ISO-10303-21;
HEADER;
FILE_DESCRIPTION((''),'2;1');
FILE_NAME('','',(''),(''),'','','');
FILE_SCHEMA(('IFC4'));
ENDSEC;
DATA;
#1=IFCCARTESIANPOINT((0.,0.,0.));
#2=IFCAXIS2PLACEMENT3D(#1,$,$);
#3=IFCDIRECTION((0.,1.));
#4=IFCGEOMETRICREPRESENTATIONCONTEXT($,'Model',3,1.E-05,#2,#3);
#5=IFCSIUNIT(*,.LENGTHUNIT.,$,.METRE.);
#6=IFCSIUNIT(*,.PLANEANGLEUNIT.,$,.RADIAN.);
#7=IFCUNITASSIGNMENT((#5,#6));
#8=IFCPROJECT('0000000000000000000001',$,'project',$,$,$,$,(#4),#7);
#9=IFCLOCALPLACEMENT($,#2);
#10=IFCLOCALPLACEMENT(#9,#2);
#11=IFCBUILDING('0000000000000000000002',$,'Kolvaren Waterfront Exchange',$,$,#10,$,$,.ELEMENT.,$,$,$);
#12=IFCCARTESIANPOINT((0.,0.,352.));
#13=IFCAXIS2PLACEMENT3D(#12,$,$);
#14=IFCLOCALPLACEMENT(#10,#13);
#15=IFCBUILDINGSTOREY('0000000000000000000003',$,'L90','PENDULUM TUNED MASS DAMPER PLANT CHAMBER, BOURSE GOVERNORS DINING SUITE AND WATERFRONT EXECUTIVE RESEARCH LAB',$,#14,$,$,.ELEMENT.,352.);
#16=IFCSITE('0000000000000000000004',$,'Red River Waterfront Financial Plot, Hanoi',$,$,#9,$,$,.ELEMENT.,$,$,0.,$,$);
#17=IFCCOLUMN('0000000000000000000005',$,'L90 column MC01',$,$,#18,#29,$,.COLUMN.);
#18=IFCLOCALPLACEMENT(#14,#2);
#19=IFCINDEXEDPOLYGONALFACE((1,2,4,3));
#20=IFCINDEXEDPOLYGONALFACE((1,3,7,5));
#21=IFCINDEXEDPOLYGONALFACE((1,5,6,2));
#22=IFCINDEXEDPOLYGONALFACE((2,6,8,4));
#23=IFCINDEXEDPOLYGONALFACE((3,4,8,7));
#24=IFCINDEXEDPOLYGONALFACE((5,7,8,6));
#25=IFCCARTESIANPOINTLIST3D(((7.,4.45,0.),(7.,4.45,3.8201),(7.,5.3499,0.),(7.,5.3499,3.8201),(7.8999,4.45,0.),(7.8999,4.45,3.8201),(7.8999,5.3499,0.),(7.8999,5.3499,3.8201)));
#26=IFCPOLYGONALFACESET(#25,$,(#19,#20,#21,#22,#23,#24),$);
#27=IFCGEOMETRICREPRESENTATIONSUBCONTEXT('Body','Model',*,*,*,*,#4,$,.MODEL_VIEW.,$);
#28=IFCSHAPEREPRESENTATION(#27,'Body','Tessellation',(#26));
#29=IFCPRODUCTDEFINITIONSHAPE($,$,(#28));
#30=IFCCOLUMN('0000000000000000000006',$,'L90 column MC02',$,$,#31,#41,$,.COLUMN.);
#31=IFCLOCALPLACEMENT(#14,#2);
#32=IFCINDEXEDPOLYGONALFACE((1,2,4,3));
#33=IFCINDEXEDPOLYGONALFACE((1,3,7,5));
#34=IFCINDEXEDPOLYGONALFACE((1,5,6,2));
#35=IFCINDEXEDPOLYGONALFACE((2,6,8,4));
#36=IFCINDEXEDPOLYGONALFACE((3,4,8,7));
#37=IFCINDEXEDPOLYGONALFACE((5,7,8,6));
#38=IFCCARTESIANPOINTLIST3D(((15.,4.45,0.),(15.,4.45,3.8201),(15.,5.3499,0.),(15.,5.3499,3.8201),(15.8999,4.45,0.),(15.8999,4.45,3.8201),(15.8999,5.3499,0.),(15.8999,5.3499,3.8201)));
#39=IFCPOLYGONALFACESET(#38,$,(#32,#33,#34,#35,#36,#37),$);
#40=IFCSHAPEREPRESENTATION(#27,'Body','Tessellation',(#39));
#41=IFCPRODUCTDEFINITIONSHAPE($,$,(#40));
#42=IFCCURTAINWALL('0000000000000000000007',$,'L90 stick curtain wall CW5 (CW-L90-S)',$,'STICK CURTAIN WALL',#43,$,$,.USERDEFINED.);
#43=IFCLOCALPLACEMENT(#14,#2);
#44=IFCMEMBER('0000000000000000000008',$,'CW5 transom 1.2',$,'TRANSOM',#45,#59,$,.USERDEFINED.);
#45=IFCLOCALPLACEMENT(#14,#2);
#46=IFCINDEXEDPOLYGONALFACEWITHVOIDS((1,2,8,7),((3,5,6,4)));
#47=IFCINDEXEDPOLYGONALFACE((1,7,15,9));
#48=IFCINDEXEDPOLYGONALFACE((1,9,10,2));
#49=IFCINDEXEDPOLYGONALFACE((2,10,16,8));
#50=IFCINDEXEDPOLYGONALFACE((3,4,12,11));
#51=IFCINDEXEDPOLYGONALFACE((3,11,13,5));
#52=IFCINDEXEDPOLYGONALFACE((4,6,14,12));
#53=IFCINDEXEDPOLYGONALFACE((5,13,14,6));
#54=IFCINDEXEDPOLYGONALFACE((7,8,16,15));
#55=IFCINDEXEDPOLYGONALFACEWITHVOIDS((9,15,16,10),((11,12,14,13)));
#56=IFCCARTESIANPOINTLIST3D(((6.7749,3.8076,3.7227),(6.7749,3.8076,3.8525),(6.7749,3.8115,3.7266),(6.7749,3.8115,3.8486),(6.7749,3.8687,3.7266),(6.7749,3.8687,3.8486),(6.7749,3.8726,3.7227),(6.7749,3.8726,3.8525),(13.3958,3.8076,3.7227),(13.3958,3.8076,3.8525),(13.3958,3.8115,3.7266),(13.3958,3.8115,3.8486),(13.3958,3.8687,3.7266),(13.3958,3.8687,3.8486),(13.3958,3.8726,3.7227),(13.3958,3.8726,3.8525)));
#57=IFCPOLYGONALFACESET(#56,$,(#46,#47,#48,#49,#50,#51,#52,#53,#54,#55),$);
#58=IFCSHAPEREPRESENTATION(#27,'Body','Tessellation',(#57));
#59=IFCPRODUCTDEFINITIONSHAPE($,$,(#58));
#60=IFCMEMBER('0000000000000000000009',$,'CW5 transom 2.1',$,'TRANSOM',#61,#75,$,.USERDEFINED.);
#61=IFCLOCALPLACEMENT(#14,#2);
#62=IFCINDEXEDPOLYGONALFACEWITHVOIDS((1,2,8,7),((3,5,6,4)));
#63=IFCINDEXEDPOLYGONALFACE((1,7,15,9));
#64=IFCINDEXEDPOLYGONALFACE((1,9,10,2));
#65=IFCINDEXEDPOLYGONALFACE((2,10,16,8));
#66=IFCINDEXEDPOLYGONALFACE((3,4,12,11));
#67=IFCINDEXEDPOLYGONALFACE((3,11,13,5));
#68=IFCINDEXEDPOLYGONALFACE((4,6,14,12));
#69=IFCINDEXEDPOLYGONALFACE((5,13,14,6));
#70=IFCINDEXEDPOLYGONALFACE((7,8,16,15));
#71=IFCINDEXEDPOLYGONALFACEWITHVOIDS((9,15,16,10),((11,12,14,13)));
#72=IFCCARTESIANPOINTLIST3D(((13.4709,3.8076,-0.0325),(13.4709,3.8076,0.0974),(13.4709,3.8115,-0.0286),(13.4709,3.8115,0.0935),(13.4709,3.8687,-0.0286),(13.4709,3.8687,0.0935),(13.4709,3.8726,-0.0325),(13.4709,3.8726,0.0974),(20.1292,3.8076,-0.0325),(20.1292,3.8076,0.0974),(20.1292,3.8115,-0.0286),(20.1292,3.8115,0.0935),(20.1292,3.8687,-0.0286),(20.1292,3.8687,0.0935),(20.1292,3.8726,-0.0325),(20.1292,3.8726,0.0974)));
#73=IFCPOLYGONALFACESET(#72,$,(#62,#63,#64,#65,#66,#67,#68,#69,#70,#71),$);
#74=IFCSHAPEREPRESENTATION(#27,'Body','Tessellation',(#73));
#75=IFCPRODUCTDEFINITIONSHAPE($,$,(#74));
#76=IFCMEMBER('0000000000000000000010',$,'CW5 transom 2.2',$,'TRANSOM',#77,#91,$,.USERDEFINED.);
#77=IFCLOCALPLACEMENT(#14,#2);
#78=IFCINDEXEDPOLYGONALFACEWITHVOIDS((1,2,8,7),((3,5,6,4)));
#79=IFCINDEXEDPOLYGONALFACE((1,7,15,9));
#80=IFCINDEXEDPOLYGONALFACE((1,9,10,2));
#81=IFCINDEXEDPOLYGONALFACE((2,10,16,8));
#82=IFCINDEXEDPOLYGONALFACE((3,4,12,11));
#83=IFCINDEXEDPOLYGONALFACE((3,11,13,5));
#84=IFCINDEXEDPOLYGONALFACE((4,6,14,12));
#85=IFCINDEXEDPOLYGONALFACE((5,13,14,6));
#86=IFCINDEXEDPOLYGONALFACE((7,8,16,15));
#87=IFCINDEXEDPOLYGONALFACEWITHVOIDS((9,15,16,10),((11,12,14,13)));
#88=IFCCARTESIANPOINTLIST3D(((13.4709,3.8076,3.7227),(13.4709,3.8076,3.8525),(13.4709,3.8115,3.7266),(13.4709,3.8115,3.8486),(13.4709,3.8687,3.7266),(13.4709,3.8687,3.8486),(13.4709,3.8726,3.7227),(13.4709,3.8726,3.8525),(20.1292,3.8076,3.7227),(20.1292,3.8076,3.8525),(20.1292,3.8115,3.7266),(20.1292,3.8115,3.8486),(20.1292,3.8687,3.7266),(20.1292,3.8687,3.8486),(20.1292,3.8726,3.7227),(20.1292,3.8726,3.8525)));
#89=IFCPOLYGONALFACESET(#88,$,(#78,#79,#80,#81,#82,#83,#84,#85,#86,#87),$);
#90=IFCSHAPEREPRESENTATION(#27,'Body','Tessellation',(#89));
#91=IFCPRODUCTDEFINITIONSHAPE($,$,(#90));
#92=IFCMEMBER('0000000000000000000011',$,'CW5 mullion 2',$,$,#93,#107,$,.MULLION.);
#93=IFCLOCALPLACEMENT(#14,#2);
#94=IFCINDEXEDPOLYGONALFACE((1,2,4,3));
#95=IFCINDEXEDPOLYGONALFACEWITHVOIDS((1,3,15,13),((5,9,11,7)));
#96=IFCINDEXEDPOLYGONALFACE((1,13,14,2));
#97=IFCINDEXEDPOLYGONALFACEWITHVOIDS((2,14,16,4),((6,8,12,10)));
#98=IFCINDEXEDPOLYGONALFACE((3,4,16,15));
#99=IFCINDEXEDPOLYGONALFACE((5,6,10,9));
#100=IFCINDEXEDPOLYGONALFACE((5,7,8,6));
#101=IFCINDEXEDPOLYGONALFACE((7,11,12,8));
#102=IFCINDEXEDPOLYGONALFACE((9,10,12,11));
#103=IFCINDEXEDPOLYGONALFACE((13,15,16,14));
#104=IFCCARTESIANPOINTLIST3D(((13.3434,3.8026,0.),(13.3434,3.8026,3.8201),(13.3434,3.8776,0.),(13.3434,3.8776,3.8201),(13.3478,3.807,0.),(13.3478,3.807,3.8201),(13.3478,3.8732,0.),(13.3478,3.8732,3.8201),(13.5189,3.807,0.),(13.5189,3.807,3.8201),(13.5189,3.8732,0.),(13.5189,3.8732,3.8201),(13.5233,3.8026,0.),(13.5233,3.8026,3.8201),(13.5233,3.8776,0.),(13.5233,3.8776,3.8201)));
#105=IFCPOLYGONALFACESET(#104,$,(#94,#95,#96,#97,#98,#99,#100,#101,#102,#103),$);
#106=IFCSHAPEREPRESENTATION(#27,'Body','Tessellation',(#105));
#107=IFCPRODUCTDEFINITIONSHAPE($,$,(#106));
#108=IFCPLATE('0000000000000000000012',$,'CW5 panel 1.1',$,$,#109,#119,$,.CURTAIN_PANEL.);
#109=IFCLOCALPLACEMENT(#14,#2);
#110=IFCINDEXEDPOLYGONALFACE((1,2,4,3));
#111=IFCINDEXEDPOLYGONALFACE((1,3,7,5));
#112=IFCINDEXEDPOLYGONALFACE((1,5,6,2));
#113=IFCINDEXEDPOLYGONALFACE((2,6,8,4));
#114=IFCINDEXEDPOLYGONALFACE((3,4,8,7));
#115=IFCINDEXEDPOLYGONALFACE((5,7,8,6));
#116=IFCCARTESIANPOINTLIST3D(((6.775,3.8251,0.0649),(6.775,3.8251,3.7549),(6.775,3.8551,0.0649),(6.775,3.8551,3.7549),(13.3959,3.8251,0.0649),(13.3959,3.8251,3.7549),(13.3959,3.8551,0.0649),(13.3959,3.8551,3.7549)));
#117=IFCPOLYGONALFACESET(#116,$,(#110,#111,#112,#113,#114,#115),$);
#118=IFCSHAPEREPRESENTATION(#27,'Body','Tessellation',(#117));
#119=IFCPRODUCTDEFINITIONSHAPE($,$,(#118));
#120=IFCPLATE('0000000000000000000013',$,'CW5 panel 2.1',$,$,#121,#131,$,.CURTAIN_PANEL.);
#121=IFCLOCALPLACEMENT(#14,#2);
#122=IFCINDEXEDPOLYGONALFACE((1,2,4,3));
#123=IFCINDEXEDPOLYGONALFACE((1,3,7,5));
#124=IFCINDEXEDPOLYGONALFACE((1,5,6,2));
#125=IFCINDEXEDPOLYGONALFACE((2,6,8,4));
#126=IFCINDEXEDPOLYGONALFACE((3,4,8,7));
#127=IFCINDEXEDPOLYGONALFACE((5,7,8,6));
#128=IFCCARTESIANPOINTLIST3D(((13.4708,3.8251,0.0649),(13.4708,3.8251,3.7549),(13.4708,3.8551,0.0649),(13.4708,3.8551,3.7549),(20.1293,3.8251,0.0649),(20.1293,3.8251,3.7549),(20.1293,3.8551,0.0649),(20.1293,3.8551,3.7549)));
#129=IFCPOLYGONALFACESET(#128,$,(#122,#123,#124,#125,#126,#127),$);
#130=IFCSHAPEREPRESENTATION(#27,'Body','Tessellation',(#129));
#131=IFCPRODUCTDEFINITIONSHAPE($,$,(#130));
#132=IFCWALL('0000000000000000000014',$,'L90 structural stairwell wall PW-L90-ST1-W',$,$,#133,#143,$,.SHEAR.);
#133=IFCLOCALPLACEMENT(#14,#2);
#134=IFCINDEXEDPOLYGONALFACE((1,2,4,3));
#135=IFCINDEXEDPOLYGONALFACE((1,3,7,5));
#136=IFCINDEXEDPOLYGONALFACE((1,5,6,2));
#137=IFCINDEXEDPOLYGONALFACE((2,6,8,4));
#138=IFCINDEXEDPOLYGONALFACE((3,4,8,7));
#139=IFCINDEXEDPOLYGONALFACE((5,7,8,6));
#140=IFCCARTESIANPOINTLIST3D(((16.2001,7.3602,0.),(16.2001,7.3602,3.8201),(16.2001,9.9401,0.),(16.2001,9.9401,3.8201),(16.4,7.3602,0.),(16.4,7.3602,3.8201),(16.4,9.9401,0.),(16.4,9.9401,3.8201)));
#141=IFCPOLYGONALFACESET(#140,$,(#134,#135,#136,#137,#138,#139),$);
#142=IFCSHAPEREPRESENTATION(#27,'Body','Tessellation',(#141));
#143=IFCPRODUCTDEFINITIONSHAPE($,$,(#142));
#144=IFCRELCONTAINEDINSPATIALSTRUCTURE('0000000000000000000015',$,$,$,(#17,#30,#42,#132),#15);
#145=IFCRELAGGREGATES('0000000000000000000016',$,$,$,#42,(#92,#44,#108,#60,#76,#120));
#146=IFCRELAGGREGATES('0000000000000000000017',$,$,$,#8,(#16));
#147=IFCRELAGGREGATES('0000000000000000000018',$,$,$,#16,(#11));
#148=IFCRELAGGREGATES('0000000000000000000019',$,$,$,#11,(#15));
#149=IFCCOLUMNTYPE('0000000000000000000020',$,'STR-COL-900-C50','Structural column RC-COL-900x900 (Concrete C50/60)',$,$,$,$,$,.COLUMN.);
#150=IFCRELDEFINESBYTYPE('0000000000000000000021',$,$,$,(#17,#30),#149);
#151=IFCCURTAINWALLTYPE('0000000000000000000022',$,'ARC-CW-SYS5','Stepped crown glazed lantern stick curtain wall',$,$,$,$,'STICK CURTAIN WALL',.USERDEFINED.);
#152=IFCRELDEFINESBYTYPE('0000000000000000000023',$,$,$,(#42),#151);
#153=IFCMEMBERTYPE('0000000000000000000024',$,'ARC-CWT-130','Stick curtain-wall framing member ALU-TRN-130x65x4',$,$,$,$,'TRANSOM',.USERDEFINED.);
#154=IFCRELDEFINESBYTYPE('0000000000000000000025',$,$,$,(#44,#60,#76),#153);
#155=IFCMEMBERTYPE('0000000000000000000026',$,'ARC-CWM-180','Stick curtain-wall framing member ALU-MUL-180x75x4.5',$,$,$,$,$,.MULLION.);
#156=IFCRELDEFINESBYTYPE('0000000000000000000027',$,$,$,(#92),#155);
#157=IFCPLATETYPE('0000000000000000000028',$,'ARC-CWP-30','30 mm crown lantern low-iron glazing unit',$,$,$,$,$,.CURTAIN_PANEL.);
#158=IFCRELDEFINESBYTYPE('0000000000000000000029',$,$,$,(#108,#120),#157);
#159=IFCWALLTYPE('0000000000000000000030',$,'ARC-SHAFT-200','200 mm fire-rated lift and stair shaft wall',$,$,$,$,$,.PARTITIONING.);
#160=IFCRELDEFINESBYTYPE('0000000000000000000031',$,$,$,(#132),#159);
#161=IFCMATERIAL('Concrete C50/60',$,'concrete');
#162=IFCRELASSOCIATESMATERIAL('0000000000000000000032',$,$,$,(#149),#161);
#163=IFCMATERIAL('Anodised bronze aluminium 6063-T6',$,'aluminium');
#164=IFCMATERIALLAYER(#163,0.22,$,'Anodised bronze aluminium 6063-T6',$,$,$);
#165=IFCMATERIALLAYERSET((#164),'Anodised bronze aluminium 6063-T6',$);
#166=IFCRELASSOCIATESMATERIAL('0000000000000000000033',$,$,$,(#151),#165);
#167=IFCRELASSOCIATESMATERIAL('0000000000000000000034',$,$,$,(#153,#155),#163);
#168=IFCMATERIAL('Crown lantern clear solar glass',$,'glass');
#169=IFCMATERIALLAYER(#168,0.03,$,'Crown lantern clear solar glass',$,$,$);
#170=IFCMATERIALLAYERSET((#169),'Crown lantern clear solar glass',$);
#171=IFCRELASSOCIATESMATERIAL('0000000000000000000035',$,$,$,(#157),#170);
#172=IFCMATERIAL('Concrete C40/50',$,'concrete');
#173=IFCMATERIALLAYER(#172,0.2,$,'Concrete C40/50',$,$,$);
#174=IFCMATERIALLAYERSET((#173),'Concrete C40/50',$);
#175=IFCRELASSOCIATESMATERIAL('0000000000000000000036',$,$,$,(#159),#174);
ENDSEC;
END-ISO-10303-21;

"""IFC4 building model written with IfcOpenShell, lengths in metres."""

from ifc_helpers import new_model, si_unit, direction, frame, frame_2d, origin, origin_with_axes, origin_2d, place, context, subcontext, project, spatial, rectangle, hollow_rectangle, extrude, source, transform, mapped, material, layer, layer_set, material_profile, profile_set, type_object, element, aggregate, save


model = new_model("IFC4")

# Units and contexts
model_context = context("Model", 3, precision=1e-05, world=origin(), true_north=direction((0.0, 1.0)))
body_context = subcontext(model_context, "Body", "Model", "MODEL_VIEW")
ifc_project = project(units=[si_unit("LENGTHUNIT", "METRE"), si_unit("PLANEANGLEUNIT", "RADIAN")], contexts=[model_context])

# Site, building, storey
site_placement = place(None, origin())
site = spatial("IfcSite", under=ifc_project, at=site_placement, Name="Red River Waterfront Financial Plot, Hanoi", CompositionType="ELEMENT", RefElevation=0.0)
building_placement = place(site_placement, origin())
building = spatial("IfcBuilding", under=site, at=building_placement, Name="Kolvaren Waterfront Exchange", CompositionType="ELEMENT")
storey_placement = place(building_placement, frame((0.0, 0.0, 352.0)))
storey = spatial("IfcBuildingStorey", under=building, at=storey_placement, Name="L90", Description="PENDULUM TUNED MASS DAMPER PLANT CHAMBER, BOURSE GOVERNORS DINING SUITE AND WATERFRONT EXECUTIVE RESEARCH LAB", CompositionType="ELEMENT", Elevation=352.0)

# Columns
ifc_material_1 = material(Name="Concrete C50/60", Category="concrete")
ifc_material_profile_1 = material_profile(ifc_material_1, rectangle(XDim=0.8999, YDim=0.8999, at=origin_2d()), Name="RC-COL-900x900")
ifc_profile_set_1 = profile_set([ifc_material_profile_1], Name="Concrete C50/60")
column_type = type_object("IfcColumnType", Name="STR-COL-900-C50", Description="Structural column RC-COL-900x900 (Concrete C50/60)", PredefinedType="COLUMN", material=ifc_profile_set_1)
for number, where, z_axis, x_axis, name in (
    (1, (7.45, 4.8999, 0.0), (0.0, 0.0, 1.0), (1.0, 0.0, 0.0), "L90 column MC01"),
    (2, (15.45, 4.8999, 0.0), (0.0, 0.0, 1.0), (1.0, 0.0, 0.0), "L90 column MC02"),
):
    element("IfcColumn", number, at=place(storey_placement, frame(where, z_axis=z_axis, x_axis=x_axis)), inside=storey, type_object=column_type, Name=name, PredefinedType="COLUMN", context=body_context, shape_type="SweptSolid", body=[
        extrude(rectangle(XDim=0.8999, YDim=0.8999, at=origin_2d()), origin(), (0.0, 0.0, 1.0), 3.8201),
    ])

# Curtain wall, members, plates
ifc_material_2 = material(Name="Anodised bronze aluminium 6063-T6", Category="aluminium")
ifc_layer_1 = layer(ifc_material_2, 0.22, Name="Anodised bronze aluminium 6063-T6")
ifc_layer_set_1 = layer_set([ifc_layer_1], Name="Anodised bronze aluminium 6063-T6")
curtain_wall_type = type_object("IfcCurtainWallType", Name="ARC-CW-SYS5", Description="Stepped crown glazed lantern stick curtain wall", ElementType="STICK CURTAIN WALL", PredefinedType="USERDEFINED", material=ifc_layer_set_1)
curtain_wall_placement = place(storey_placement, origin())
curtain_wall = element("IfcCurtainWall", 3, at=curtain_wall_placement, inside=storey, type_object=curtain_wall_type, Name="L90 stick curtain wall CW5 (CW-L90-S)", ObjectType="STICK CURTAIN WALL", PredefinedType="USERDEFINED")
ifc_material_profile_2 = material_profile(ifc_material_2, hollow_rectangle(XDim=0.0649, YDim=0.1299, WallThickness=0.0039, at=origin_2d()), Name="ALU-TRN-130x65x4")
ifc_profile_set_2 = profile_set([ifc_material_profile_2], Name="Anodised bronze aluminium 6063-T6")
member_type_1 = type_object("IfcMemberType", Name="ARC-CWT-130", Description="Stick curtain-wall framing member ALU-TRN-130x65x4", ElementType="TRANSOM", PredefinedType="USERDEFINED", material=ifc_profile_set_2)
shared_shape_1 = source(origin_with_axes(), body_context, "Body", "SweptSolid", [
    extrude(hollow_rectangle(XDim=0.0649, YDim=0.1299, WallThickness=0.0039, at=origin_2d()), origin(), (0.0, 0.0, 1.0), 6.6208),
])
member_1_placement = place(storey_placement, frame((6.7749, 3.8401, 3.7876), z_axis=(1.0, 0.0, 0.0), x_axis=(0.0, 1.0, 0.0)))
member_1 = element("IfcMember", 4, at=member_1_placement, type_object=member_type_1, Name="CW5 transom 1.2", ObjectType="TRANSOM", PredefinedType="USERDEFINED", context=body_context, shape_type="MappedRepresentation", body=[
    mapped(shared_shape_1, transform((0.0, 0.0, 0.0), x_axis=(1.0, 0.0, 0.0), y_axis=(0.0, 1.0, 0.0), z_axis=(0.0, 0.0, 1.0), scale=1.0)),
])
shared_shape_2 = source(origin_with_axes(), body_context, "Body", "SweptSolid", [
    extrude(hollow_rectangle(XDim=0.0649, YDim=0.1299, WallThickness=0.0039, at=origin_2d()), origin(), (0.0, 0.0, 1.0), 6.6582),
])
member_2_placement = place(storey_placement, frame((13.4709, 3.8401, 0.0325), z_axis=(1.0, 0.0, 0.0), x_axis=(0.0, 1.0, 0.0)))
member_2 = element("IfcMember", 5, at=member_2_placement, type_object=member_type_1, Name="CW5 transom 2.1", ObjectType="TRANSOM", PredefinedType="USERDEFINED", context=body_context, shape_type="MappedRepresentation", body=[
    mapped(shared_shape_2, transform((0.0, 0.0, 0.0), x_axis=(1.0, 0.0, 0.0), y_axis=(0.0, 1.0, 0.0), z_axis=(0.0, 0.0, 1.0), scale=1.0)),
])
member_3_placement = place(storey_placement, frame((13.4709, 3.8401, 3.7876), z_axis=(1.0, 0.0, 0.0), x_axis=(0.0, 1.0, 0.0)))
member_3 = element("IfcMember", 6, at=member_3_placement, type_object=member_type_1, Name="CW5 transom 2.2", ObjectType="TRANSOM", PredefinedType="USERDEFINED", context=body_context, shape_type="MappedRepresentation", body=[
    mapped(shared_shape_2, transform((0.0, 0.0, 0.0), x_axis=(1.0, 0.0, 0.0), y_axis=(0.0, 1.0, 0.0), z_axis=(0.0, 0.0, 1.0), scale=1.0)),
])
ifc_material_profile_3 = material_profile(ifc_material_2, hollow_rectangle(XDim=0.075, YDim=0.1799, WallThickness=0.0044, at=origin_2d()), Name="ALU-MUL-180x75x4.5")
ifc_profile_set_3 = profile_set([ifc_material_profile_3], Name="Anodised bronze aluminium 6063-T6")
member_type_2 = type_object("IfcMemberType", Name="ARC-CWM-180", Description="Stick curtain-wall framing member ALU-MUL-180x75x4.5", PredefinedType="MULLION", material=ifc_profile_set_3)
shared_shape_3 = source(origin_with_axes(), body_context, "Body", "SweptSolid", [
    extrude(hollow_rectangle(XDim=0.075, YDim=0.1799, WallThickness=0.0044, at=origin_2d()), origin(), (0.0, 0.0, 1.0), 3.8201),
])
member_4_placement = place(storey_placement, frame((13.4333, 3.8401, 0.0), z_axis=(0.0, 0.0, 1.0), x_axis=(0.0, 1.0, 0.0)))
member_4 = element("IfcMember", 7, at=member_4_placement, type_object=member_type_2, Name="CW5 mullion 2", PredefinedType="MULLION", context=body_context, shape_type="MappedRepresentation", body=[
    mapped(shared_shape_3, transform((0.0, 0.0, 0.0), x_axis=(1.0, 0.0, 0.0), y_axis=(0.0, 1.0, 0.0), z_axis=(0.0, 0.0, 1.0), scale=1.0)),
])
ifc_material_3 = material(Name="Crown lantern clear solar glass", Category="glass")
ifc_layer_2 = layer(ifc_material_3, 0.03, Name="Crown lantern clear solar glass")
ifc_layer_set_2 = layer_set([ifc_layer_2], Name="Crown lantern clear solar glass")
plate_type = type_object("IfcPlateType", Name="ARC-CWP-30", Description="30 mm crown lantern low-iron glazing unit", PredefinedType="CURTAIN_PANEL", material=ifc_layer_set_2)
shared_shape_4 = source(origin_with_axes(), body_context, "Body", "SweptSolid", [
    extrude(rectangle(XDim=6.6208, YDim=0.03, at=origin_2d()), origin(), (0.0, 0.0, 1.0), 3.6899),
])
plate_1_placement = place(storey_placement, frame((10.0854, 3.8401, 0.0649), z_axis=(0.0, 0.0, 1.0), x_axis=(1.0, 0.0, 0.0)))
plate_1 = element("IfcPlate", 8, at=plate_1_placement, type_object=plate_type, Name="CW5 panel 1.1", PredefinedType="CURTAIN_PANEL", context=body_context, shape_type="MappedRepresentation", body=[
    mapped(shared_shape_4, transform((0.0, 0.0, 0.0), x_axis=(1.0, 0.0, 0.0), y_axis=(0.0, 1.0, 0.0), z_axis=(0.0, 0.0, 1.0), scale=1.0)),
])
shared_shape_5 = source(origin_with_axes(), body_context, "Body", "SweptSolid", [
    extrude(rectangle(XDim=6.6584, YDim=0.03, at=origin_2d()), origin(), (0.0, 0.0, 1.0), 3.6899),
])
plate_2_placement = place(storey_placement, frame((16.8, 3.8401, 0.0649), z_axis=(0.0, 0.0, 1.0), x_axis=(1.0, 0.0, 0.0)))
plate_2 = element("IfcPlate", 9, at=plate_2_placement, type_object=plate_type, Name="CW5 panel 2.1", PredefinedType="CURTAIN_PANEL", context=body_context, shape_type="MappedRepresentation", body=[
    mapped(shared_shape_5, transform((0.0, 0.0, 0.0), x_axis=(1.0, 0.0, 0.0), y_axis=(0.0, 1.0, 0.0), z_axis=(0.0, 0.0, 1.0), scale=1.0)),
])
aggregate(curtain_wall, [member_4, member_1, plate_1, member_2, member_3, plate_2])

# Wall
ifc_material_4 = material(Name="Concrete C40/50", Category="concrete")
ifc_layer_3 = layer(ifc_material_4, 0.2, Name="Concrete C40/50")
ifc_layer_set_3 = layer_set([ifc_layer_3], Name="Concrete C40/50")
wall_type_1 = type_object("IfcWallType", Name="ARC-SHAFT-200", Description="200 mm fire-rated lift and stair shaft wall", PredefinedType="PARTITIONING", material=ifc_layer_set_3)
wall_1_placement = place(storey_placement, frame((16.3, 7.3601, 0.0), z_axis=(0.0, 0.0, 1.0), x_axis=(0.0, 1.0, 0.0)))
element("IfcWall", 10, at=wall_1_placement, inside=storey, type_object=wall_type_1, Name="L90 structural stairwell wall PW-L90-ST1-W", PredefinedType="SHEAR", context=body_context, shape_type="SweptSolid", body=[
    extrude(rectangle(XDim=2.5798, YDim=0.2, at=frame_2d((1.29, 0.0))), origin(), (0.0, 0.0, 1.0), 3.8201),
])

save(model, "model.ifc")
